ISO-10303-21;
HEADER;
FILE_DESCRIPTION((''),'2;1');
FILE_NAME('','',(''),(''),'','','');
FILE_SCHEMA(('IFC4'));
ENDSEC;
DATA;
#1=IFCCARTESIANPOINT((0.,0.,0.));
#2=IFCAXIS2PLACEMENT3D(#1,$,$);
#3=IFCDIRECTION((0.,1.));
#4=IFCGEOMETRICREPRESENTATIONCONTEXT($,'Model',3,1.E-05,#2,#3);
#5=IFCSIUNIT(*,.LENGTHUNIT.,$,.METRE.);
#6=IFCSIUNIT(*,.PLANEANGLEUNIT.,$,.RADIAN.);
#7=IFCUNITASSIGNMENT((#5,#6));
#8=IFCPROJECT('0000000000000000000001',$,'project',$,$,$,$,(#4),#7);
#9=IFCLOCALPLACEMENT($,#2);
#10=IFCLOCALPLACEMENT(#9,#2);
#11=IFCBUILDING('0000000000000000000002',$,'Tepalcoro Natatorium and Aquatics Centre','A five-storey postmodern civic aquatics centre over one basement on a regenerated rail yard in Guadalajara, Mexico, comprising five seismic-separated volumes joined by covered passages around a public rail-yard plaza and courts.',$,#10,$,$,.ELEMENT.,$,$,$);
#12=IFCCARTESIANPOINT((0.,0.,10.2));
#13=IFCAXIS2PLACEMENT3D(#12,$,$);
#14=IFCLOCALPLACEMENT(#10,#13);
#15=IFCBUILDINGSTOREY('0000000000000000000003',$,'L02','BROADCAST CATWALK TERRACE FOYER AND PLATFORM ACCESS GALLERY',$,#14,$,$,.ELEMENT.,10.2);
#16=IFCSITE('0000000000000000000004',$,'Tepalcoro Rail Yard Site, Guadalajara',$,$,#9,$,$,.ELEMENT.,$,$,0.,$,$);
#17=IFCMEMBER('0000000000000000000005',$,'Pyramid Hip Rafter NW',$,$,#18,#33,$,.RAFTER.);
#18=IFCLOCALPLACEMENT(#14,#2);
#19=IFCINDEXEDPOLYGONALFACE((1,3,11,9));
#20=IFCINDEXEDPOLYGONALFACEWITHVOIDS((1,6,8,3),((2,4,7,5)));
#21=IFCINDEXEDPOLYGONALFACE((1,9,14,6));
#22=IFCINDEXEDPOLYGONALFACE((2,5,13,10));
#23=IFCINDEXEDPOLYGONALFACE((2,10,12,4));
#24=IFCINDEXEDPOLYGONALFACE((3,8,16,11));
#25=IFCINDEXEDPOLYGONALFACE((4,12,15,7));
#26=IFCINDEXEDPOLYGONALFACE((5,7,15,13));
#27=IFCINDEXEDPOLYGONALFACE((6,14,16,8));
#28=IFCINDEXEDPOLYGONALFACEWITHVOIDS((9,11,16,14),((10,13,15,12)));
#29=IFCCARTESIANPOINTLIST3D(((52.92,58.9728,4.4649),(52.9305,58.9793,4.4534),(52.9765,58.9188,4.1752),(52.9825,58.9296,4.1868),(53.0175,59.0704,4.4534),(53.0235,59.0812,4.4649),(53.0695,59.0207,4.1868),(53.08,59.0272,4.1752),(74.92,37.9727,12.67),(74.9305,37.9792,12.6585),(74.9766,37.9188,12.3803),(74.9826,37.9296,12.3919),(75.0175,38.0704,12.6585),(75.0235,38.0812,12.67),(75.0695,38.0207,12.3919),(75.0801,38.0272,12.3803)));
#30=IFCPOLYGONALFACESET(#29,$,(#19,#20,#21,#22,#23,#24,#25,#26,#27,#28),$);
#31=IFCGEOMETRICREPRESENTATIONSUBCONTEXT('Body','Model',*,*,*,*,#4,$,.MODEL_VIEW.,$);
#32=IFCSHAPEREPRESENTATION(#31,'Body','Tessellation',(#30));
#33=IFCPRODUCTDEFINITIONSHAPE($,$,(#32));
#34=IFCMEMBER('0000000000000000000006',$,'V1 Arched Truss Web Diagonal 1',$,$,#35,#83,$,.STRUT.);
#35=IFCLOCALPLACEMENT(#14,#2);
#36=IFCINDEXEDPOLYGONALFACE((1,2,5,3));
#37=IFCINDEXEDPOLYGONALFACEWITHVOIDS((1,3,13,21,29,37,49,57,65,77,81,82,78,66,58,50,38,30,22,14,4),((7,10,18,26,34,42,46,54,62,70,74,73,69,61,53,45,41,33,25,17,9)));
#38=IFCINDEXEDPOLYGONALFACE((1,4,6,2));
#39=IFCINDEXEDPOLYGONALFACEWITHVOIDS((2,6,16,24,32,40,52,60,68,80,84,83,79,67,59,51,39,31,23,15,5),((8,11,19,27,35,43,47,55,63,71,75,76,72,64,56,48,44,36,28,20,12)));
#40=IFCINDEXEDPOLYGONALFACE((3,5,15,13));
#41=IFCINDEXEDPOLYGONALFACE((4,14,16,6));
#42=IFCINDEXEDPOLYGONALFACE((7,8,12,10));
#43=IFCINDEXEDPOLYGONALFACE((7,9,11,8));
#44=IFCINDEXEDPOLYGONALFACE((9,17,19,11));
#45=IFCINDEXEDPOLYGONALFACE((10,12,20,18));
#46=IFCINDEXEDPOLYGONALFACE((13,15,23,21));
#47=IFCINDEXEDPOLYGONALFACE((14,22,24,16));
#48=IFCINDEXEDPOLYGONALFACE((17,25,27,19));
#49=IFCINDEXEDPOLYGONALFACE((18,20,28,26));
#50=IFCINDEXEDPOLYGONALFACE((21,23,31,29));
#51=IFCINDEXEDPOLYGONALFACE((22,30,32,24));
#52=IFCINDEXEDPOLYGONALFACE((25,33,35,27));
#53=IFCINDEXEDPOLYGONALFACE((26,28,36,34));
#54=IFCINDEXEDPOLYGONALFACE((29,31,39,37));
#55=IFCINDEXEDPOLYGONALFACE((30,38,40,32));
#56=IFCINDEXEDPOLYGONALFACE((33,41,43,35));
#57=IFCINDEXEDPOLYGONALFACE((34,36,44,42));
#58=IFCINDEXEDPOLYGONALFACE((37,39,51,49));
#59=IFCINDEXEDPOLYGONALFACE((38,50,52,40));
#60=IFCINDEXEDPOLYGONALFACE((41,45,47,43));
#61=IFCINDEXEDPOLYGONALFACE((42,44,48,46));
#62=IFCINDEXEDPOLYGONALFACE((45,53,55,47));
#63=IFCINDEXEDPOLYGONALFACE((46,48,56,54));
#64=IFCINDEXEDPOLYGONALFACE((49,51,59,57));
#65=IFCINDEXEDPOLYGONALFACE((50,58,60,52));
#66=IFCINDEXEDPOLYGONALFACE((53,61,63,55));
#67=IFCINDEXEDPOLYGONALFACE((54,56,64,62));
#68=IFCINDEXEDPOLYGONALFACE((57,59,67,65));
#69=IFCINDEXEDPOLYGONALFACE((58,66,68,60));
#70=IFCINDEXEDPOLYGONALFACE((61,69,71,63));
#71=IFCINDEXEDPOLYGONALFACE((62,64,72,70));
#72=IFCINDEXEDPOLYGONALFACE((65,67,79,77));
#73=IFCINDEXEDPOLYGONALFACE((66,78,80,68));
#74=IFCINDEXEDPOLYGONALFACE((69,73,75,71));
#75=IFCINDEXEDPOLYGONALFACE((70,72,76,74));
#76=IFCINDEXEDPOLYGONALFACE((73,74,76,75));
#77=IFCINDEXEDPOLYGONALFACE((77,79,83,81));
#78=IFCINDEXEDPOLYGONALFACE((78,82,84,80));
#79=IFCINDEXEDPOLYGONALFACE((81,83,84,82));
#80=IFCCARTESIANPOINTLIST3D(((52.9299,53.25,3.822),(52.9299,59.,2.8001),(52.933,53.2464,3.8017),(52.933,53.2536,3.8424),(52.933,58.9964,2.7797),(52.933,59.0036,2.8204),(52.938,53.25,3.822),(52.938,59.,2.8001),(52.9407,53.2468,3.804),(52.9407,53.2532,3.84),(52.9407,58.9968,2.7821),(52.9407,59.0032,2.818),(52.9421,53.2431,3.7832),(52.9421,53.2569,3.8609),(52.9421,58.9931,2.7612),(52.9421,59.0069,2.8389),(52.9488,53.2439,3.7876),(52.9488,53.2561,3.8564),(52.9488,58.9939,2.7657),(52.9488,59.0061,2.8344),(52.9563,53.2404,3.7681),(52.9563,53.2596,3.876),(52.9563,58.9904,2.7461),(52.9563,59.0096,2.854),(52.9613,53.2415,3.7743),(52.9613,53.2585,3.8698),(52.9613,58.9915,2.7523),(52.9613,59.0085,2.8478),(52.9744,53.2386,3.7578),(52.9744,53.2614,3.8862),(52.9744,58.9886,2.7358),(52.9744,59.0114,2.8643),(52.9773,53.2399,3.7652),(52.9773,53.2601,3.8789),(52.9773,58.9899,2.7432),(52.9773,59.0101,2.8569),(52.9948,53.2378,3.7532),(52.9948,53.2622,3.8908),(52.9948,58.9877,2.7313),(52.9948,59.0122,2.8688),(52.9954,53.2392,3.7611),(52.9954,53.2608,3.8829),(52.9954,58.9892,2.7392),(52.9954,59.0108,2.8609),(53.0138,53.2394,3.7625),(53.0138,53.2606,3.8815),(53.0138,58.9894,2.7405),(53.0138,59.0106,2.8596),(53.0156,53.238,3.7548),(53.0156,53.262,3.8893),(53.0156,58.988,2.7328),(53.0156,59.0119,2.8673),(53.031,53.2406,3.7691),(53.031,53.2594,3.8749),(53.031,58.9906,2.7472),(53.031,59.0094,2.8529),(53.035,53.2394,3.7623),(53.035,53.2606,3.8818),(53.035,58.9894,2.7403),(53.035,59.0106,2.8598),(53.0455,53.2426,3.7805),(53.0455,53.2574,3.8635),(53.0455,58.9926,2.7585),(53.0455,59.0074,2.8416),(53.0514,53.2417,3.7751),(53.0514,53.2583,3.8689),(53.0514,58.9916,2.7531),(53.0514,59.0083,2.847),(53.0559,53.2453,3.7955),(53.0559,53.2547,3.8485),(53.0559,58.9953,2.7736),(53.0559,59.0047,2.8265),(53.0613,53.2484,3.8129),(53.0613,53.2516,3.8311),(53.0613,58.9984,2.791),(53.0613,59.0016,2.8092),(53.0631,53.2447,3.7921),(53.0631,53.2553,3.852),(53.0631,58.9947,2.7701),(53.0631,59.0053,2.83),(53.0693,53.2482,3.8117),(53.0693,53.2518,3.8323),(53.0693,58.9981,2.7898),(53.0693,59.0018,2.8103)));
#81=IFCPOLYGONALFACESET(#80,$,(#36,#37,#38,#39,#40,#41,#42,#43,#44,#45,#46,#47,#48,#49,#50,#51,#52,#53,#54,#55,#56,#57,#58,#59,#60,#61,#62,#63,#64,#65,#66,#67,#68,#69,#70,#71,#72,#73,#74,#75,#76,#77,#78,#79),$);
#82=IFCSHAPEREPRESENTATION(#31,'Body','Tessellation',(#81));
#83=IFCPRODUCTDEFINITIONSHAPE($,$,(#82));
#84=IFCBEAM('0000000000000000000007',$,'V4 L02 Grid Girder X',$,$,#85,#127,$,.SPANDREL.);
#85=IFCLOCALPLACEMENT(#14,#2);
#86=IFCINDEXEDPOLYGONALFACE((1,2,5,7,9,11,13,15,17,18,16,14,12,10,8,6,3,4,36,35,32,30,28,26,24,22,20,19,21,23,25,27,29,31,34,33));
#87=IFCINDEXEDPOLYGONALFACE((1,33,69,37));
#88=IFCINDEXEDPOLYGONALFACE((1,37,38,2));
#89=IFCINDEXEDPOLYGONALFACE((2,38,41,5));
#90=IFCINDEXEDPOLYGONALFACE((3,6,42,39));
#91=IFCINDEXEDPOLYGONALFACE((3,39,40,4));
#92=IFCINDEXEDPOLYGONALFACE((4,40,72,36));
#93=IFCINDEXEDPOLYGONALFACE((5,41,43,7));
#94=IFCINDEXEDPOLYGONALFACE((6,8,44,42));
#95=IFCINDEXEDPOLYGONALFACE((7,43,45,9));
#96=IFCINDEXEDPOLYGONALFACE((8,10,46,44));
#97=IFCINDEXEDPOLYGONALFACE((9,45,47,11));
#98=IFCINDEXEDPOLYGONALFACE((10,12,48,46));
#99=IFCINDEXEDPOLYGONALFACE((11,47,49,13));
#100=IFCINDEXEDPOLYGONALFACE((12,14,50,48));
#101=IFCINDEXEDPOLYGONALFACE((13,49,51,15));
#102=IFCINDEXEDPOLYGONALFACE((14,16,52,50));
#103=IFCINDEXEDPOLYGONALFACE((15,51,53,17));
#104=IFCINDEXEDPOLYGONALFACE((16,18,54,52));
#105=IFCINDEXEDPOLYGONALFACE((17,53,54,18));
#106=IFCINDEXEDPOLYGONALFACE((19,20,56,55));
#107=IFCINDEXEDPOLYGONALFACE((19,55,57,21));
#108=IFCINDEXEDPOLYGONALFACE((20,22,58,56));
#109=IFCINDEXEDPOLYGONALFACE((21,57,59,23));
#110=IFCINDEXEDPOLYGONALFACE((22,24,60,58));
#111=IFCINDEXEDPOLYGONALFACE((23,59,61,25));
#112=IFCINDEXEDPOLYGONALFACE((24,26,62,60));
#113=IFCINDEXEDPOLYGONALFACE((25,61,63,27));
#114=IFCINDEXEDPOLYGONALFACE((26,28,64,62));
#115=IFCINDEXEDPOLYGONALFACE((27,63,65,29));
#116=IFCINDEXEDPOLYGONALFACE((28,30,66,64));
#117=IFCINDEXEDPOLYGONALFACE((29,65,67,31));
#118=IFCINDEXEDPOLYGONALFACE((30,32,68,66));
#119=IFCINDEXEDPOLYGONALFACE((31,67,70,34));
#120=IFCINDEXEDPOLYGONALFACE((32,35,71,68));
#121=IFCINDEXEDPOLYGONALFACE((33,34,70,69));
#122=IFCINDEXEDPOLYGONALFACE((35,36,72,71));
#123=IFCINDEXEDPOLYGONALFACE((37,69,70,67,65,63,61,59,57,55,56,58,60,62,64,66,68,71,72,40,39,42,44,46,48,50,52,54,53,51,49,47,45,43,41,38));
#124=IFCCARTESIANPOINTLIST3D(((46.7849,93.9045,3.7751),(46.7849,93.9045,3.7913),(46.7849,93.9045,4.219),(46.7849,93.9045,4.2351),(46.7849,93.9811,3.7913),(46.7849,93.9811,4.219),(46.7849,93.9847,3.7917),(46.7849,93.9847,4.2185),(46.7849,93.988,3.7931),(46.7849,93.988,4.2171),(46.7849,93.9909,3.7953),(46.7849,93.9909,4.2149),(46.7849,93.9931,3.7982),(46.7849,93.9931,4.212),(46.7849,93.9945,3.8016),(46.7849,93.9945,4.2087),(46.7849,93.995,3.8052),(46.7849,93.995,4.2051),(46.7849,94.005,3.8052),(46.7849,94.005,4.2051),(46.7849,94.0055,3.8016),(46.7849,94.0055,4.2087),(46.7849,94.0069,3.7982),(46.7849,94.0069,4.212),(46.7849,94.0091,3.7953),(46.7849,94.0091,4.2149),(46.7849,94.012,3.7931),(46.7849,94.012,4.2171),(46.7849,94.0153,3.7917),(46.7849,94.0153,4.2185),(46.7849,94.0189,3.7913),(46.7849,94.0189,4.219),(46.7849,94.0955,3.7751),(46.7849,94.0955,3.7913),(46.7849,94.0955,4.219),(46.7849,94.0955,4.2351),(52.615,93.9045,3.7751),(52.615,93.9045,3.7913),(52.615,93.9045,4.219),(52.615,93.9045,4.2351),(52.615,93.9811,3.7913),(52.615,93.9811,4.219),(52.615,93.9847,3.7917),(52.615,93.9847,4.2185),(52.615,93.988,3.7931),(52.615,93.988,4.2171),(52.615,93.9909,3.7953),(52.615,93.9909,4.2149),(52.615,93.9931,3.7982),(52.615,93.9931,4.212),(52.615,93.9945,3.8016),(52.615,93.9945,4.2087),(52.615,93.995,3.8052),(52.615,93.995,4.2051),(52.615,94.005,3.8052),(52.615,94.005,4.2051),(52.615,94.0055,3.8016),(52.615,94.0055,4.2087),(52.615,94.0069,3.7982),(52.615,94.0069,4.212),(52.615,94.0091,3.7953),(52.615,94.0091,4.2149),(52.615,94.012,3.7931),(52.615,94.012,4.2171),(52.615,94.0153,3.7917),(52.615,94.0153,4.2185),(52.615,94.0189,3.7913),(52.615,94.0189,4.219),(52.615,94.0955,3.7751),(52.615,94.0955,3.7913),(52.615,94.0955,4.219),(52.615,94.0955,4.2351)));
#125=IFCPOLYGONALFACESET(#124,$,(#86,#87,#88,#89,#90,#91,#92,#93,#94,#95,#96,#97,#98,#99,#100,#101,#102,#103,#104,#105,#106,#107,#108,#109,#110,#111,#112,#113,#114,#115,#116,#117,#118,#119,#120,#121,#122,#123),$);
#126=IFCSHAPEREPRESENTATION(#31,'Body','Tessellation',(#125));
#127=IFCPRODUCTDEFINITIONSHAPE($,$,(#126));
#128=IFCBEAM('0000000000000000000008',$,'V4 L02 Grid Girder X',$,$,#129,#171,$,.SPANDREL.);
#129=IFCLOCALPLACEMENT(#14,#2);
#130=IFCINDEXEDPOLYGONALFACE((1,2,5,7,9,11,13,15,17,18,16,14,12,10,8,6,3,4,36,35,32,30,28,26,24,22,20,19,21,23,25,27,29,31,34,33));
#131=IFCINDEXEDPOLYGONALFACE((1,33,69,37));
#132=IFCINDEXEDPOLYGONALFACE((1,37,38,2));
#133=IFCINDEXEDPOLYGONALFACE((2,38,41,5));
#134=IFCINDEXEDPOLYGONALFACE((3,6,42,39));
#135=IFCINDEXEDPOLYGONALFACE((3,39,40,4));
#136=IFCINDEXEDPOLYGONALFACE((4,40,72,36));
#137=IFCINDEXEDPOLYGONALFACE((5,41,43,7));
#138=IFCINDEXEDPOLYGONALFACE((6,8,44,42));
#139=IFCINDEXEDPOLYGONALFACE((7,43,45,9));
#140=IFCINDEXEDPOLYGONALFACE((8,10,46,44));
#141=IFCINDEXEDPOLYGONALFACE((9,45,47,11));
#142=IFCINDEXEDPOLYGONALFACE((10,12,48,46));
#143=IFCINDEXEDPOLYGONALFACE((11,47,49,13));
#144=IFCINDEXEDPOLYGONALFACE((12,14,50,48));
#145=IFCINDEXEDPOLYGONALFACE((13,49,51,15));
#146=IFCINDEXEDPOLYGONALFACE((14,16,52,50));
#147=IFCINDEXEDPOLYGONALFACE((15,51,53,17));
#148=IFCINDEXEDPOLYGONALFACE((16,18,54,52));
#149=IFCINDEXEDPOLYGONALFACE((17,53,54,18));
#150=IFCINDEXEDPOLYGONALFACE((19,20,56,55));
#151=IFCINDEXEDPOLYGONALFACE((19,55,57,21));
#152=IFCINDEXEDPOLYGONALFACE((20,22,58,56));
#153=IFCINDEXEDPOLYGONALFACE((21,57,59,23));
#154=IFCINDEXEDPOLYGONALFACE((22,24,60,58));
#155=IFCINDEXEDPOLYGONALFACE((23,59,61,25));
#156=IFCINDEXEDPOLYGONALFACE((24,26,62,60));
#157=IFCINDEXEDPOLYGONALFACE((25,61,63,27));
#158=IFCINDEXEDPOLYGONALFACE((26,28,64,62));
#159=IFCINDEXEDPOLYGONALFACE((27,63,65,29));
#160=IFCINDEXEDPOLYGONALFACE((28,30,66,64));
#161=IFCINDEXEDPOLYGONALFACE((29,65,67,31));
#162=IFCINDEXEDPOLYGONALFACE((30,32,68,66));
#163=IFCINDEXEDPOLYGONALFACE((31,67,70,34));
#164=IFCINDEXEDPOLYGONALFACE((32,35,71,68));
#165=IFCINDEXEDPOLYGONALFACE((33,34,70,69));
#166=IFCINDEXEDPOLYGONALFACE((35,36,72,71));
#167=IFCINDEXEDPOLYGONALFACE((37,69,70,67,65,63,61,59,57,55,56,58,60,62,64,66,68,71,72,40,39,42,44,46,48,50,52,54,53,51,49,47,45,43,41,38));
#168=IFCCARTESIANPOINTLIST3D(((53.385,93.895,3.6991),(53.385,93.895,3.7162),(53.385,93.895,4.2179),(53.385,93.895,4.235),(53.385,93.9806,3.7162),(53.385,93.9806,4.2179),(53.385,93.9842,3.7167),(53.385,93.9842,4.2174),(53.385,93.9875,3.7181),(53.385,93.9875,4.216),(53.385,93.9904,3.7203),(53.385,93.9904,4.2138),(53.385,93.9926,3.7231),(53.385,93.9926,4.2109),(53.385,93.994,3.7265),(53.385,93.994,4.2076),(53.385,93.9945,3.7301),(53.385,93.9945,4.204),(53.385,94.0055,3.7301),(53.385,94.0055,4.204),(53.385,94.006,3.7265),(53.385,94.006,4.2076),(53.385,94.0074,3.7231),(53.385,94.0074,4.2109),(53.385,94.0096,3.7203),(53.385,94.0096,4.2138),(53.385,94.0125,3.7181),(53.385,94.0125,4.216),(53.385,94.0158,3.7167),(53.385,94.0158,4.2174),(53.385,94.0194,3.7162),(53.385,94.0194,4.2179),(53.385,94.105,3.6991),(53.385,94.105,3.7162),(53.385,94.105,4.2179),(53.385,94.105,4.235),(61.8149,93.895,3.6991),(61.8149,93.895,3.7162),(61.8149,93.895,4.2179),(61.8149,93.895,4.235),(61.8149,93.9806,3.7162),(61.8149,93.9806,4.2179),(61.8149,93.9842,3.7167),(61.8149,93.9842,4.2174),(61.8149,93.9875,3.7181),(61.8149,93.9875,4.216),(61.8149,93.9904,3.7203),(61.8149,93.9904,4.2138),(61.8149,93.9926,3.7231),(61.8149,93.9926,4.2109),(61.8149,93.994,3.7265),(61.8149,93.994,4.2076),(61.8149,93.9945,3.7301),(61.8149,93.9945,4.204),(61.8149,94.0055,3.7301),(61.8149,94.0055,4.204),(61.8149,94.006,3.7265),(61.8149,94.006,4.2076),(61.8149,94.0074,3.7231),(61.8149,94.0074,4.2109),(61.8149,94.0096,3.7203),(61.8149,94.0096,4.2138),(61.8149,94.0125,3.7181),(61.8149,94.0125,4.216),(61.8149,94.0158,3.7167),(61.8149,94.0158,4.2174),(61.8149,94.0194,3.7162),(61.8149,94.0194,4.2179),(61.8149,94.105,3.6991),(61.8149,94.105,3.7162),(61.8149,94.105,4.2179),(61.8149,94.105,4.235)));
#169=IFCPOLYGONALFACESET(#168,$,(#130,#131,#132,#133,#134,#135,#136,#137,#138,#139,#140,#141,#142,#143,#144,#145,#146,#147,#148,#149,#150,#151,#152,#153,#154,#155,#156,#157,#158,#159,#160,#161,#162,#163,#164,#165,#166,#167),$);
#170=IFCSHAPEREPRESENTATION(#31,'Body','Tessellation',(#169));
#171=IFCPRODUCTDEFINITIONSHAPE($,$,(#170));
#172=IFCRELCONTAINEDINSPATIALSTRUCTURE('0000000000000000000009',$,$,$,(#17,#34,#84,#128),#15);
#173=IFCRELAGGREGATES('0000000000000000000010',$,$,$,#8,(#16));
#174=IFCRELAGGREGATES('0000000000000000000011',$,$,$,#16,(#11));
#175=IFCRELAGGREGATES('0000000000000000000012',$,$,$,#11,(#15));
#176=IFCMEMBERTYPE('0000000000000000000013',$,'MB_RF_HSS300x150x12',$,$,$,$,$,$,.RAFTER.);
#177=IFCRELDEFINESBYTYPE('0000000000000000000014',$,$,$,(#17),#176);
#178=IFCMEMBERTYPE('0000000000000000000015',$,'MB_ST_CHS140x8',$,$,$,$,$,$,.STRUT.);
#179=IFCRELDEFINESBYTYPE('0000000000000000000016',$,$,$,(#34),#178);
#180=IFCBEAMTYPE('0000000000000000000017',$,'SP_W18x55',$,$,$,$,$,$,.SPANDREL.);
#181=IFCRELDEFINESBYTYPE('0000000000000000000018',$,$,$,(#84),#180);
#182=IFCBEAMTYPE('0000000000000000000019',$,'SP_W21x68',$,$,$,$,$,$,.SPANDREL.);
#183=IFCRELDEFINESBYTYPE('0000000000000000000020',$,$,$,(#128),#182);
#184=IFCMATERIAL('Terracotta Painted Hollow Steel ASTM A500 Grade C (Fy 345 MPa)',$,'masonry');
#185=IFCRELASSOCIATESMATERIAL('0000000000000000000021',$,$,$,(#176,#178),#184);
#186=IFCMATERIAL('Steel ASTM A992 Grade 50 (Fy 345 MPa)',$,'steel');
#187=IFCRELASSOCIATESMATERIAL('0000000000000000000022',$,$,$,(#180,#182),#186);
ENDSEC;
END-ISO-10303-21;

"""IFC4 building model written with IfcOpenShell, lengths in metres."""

from ifc_helpers import new_model, si_unit, direction, frame, origin, origin_2d, place, context, subcontext, project, spatial, hollow_rectangle, hollow_circle, i_section, extrude, material, material_profile, profile_set, type_object, element, save


model = new_model("IFC4")

# Units and contexts
model_context = context("Model", 3, precision=1e-05, world=origin(), true_north=direction((0.0, 1.0)))
body_context = subcontext(model_context, "Body", "Model", "MODEL_VIEW")
ifc_project = project(units=[si_unit("LENGTHUNIT", "METRE"), si_unit("PLANEANGLEUNIT", "RADIAN")], contexts=[model_context])

# Site, building, storey
site_placement = place(None, origin())
site = spatial("IfcSite", under=ifc_project, at=site_placement, Name="Tepalcoro Rail Yard Site, Guadalajara", CompositionType="ELEMENT", RefElevation=0.0)
building_placement = place(site_placement, origin())
building = spatial("IfcBuilding", under=site, at=building_placement, Name="Tepalcoro Natatorium and Aquatics Centre", Description="A five-storey postmodern civic aquatics centre over one basement on a regenerated rail yard in Guadalajara, Mexico, comprising five seismic-separated volumes joined by covered passages around a public rail-yard plaza and courts.", CompositionType="ELEMENT")
storey_placement = place(building_placement, frame((0.0, 0.0, 10.2)))
storey = spatial("IfcBuildingStorey", under=building, at=storey_placement, Name="L02", Description="BROADCAST CATWALK TERRACE FOYER AND PLATFORM ACCESS GALLERY", CompositionType="ELEMENT", Elevation=10.2)

# Shared definitions
ifc_material_1 = material(Name="Steel ASTM A992 Grade 50 (Fy 345 MPa)", Category="steel")

# Shared definitions
ifc_material_2 = material(Name="Terracotta Painted Hollow Steel ASTM A500 Grade C (Fy 345 MPa)", Category="masonry")

# Members
ifc_material_profile_1 = material_profile(ifc_material_2, hollow_rectangle(XDim=0.1499, YDim=0.3, WallThickness=0.012, at=origin_2d()), Name="HSS300X150X12")
ifc_profile_set_1 = profile_set([ifc_material_profile_1], Name="Terracotta Painted Hollow Steel ASTM A500 Grade C (Fy 345 MPa)")
member_type_1 = type_object("IfcMemberType", Name="MB_RF_HSS300x150x12", PredefinedType="RAFTER", material=ifc_profile_set_1)
member_1_placement = place(storey_placement, frame((53.0, 59.0, 4.3201), z_axis=(0.698387, -0.666642, 0.260469), x_axis=(0.690476, 0.723356, 0.0)))
element("IfcMember", 1, at=member_1_placement, inside=storey, type_object=member_type_1, Name="Pyramid Hip Rafter NW", PredefinedType="RAFTER", context=body_context, shape_type="SweptSolid", body=[
    extrude(hollow_rectangle(XDim=0.1499, YDim=0.3, WallThickness=0.012, at=origin_2d()), origin(), (0.0, 0.0, 1.0), 31.5012),
])
ifc_material_profile_2 = material_profile(ifc_material_2, hollow_circle(Radius=0.0701, WallThickness=0.0081, at=origin_2d()), Name="CHS140X8")
ifc_profile_set_2 = profile_set([ifc_material_profile_2], Name="Terracotta Painted Hollow Steel ASTM A500 Grade C (Fy 345 MPa)")
member_type_2 = type_object("IfcMemberType", Name="MB_ST_CHS140x8", PredefinedType="STRUT", material=ifc_profile_set_2)
member_2_placement = place(storey_placement, frame((53.0, 53.25, 3.822), z_axis=(0.0, 0.98457, -0.174992), x_axis=(-1.0, 0.0, 0.0)))
element("IfcMember", 2, at=member_2_placement, inside=storey, type_object=member_type_2, Name="V1 Arched Truss Web Diagonal 1", PredefinedType="STRUT", context=body_context, shape_type="SweptSolid", body=[
    extrude(hollow_circle(Radius=0.0701, WallThickness=0.0081, at=origin_2d()), origin(), (0.0, 0.0, 1.0), 5.8401),
])

# Beams
ifc_material_profile_3 = material_profile(ifc_material_1, i_section(OverallWidth=0.1909, OverallDepth=0.46, WebThickness=0.01, FlangeThickness=0.0161, FilletRadius=0.0139, at=origin_2d()), Name="W18X55")
ifc_profile_set_3 = profile_set([ifc_material_profile_3], Name="Steel ASTM A992 Grade 50 (Fy 345 MPa)")
beam_type_1 = type_object("IfcBeamType", Name="SP_W18x55", PredefinedType="SPANDREL", material=ifc_profile_set_3)
beam_1_placement = place(storey_placement, frame((46.7849, 94.0, 4.0051), z_axis=(1.0, 0.0, 0.0), x_axis=(0.0, 1.0, 0.0)))
element("IfcBeam", 3, at=beam_1_placement, inside=storey, type_object=beam_type_1, Name="V4 L02 Grid Girder X", PredefinedType="SPANDREL", context=body_context, shape_type="SweptSolid", body=[
    extrude(i_section(OverallWidth=0.1909, OverallDepth=0.46, WebThickness=0.01, FlangeThickness=0.0161, FilletRadius=0.0139, at=origin_2d()), origin(), (0.0, 0.0, 1.0), 5.8301),
])
ifc_material_profile_4 = material_profile(ifc_material_1, i_section(OverallWidth=0.21, OverallDepth=0.5359, WebThickness=0.011, FlangeThickness=0.0171, FilletRadius=0.0139, at=origin_2d()), Name="W21X68")
ifc_profile_set_4 = profile_set([ifc_material_profile_4], Name="Steel ASTM A992 Grade 50 (Fy 345 MPa)")
beam_type_2 = type_object("IfcBeamType", Name="SP_W21x68", PredefinedType="SPANDREL", material=ifc_profile_set_4)
beam_2_placement = place(storey_placement, frame((53.385, 94.0, 3.967), z_axis=(1.0, 0.0, 0.0), x_axis=(0.0, 1.0, 0.0)))
element("IfcBeam", 4, at=beam_2_placement, inside=storey, type_object=beam_type_2, Name="V4 L02 Grid Girder X", PredefinedType="SPANDREL", context=body_context, shape_type="SweptSolid", body=[
    extrude(i_section(OverallWidth=0.21, OverallDepth=0.5359, WebThickness=0.011, FlangeThickness=0.0171, FilletRadius=0.0139, at=origin_2d()), origin(), (0.0, 0.0, 1.0), 8.4299),
])

save(model, "model.ifc")
